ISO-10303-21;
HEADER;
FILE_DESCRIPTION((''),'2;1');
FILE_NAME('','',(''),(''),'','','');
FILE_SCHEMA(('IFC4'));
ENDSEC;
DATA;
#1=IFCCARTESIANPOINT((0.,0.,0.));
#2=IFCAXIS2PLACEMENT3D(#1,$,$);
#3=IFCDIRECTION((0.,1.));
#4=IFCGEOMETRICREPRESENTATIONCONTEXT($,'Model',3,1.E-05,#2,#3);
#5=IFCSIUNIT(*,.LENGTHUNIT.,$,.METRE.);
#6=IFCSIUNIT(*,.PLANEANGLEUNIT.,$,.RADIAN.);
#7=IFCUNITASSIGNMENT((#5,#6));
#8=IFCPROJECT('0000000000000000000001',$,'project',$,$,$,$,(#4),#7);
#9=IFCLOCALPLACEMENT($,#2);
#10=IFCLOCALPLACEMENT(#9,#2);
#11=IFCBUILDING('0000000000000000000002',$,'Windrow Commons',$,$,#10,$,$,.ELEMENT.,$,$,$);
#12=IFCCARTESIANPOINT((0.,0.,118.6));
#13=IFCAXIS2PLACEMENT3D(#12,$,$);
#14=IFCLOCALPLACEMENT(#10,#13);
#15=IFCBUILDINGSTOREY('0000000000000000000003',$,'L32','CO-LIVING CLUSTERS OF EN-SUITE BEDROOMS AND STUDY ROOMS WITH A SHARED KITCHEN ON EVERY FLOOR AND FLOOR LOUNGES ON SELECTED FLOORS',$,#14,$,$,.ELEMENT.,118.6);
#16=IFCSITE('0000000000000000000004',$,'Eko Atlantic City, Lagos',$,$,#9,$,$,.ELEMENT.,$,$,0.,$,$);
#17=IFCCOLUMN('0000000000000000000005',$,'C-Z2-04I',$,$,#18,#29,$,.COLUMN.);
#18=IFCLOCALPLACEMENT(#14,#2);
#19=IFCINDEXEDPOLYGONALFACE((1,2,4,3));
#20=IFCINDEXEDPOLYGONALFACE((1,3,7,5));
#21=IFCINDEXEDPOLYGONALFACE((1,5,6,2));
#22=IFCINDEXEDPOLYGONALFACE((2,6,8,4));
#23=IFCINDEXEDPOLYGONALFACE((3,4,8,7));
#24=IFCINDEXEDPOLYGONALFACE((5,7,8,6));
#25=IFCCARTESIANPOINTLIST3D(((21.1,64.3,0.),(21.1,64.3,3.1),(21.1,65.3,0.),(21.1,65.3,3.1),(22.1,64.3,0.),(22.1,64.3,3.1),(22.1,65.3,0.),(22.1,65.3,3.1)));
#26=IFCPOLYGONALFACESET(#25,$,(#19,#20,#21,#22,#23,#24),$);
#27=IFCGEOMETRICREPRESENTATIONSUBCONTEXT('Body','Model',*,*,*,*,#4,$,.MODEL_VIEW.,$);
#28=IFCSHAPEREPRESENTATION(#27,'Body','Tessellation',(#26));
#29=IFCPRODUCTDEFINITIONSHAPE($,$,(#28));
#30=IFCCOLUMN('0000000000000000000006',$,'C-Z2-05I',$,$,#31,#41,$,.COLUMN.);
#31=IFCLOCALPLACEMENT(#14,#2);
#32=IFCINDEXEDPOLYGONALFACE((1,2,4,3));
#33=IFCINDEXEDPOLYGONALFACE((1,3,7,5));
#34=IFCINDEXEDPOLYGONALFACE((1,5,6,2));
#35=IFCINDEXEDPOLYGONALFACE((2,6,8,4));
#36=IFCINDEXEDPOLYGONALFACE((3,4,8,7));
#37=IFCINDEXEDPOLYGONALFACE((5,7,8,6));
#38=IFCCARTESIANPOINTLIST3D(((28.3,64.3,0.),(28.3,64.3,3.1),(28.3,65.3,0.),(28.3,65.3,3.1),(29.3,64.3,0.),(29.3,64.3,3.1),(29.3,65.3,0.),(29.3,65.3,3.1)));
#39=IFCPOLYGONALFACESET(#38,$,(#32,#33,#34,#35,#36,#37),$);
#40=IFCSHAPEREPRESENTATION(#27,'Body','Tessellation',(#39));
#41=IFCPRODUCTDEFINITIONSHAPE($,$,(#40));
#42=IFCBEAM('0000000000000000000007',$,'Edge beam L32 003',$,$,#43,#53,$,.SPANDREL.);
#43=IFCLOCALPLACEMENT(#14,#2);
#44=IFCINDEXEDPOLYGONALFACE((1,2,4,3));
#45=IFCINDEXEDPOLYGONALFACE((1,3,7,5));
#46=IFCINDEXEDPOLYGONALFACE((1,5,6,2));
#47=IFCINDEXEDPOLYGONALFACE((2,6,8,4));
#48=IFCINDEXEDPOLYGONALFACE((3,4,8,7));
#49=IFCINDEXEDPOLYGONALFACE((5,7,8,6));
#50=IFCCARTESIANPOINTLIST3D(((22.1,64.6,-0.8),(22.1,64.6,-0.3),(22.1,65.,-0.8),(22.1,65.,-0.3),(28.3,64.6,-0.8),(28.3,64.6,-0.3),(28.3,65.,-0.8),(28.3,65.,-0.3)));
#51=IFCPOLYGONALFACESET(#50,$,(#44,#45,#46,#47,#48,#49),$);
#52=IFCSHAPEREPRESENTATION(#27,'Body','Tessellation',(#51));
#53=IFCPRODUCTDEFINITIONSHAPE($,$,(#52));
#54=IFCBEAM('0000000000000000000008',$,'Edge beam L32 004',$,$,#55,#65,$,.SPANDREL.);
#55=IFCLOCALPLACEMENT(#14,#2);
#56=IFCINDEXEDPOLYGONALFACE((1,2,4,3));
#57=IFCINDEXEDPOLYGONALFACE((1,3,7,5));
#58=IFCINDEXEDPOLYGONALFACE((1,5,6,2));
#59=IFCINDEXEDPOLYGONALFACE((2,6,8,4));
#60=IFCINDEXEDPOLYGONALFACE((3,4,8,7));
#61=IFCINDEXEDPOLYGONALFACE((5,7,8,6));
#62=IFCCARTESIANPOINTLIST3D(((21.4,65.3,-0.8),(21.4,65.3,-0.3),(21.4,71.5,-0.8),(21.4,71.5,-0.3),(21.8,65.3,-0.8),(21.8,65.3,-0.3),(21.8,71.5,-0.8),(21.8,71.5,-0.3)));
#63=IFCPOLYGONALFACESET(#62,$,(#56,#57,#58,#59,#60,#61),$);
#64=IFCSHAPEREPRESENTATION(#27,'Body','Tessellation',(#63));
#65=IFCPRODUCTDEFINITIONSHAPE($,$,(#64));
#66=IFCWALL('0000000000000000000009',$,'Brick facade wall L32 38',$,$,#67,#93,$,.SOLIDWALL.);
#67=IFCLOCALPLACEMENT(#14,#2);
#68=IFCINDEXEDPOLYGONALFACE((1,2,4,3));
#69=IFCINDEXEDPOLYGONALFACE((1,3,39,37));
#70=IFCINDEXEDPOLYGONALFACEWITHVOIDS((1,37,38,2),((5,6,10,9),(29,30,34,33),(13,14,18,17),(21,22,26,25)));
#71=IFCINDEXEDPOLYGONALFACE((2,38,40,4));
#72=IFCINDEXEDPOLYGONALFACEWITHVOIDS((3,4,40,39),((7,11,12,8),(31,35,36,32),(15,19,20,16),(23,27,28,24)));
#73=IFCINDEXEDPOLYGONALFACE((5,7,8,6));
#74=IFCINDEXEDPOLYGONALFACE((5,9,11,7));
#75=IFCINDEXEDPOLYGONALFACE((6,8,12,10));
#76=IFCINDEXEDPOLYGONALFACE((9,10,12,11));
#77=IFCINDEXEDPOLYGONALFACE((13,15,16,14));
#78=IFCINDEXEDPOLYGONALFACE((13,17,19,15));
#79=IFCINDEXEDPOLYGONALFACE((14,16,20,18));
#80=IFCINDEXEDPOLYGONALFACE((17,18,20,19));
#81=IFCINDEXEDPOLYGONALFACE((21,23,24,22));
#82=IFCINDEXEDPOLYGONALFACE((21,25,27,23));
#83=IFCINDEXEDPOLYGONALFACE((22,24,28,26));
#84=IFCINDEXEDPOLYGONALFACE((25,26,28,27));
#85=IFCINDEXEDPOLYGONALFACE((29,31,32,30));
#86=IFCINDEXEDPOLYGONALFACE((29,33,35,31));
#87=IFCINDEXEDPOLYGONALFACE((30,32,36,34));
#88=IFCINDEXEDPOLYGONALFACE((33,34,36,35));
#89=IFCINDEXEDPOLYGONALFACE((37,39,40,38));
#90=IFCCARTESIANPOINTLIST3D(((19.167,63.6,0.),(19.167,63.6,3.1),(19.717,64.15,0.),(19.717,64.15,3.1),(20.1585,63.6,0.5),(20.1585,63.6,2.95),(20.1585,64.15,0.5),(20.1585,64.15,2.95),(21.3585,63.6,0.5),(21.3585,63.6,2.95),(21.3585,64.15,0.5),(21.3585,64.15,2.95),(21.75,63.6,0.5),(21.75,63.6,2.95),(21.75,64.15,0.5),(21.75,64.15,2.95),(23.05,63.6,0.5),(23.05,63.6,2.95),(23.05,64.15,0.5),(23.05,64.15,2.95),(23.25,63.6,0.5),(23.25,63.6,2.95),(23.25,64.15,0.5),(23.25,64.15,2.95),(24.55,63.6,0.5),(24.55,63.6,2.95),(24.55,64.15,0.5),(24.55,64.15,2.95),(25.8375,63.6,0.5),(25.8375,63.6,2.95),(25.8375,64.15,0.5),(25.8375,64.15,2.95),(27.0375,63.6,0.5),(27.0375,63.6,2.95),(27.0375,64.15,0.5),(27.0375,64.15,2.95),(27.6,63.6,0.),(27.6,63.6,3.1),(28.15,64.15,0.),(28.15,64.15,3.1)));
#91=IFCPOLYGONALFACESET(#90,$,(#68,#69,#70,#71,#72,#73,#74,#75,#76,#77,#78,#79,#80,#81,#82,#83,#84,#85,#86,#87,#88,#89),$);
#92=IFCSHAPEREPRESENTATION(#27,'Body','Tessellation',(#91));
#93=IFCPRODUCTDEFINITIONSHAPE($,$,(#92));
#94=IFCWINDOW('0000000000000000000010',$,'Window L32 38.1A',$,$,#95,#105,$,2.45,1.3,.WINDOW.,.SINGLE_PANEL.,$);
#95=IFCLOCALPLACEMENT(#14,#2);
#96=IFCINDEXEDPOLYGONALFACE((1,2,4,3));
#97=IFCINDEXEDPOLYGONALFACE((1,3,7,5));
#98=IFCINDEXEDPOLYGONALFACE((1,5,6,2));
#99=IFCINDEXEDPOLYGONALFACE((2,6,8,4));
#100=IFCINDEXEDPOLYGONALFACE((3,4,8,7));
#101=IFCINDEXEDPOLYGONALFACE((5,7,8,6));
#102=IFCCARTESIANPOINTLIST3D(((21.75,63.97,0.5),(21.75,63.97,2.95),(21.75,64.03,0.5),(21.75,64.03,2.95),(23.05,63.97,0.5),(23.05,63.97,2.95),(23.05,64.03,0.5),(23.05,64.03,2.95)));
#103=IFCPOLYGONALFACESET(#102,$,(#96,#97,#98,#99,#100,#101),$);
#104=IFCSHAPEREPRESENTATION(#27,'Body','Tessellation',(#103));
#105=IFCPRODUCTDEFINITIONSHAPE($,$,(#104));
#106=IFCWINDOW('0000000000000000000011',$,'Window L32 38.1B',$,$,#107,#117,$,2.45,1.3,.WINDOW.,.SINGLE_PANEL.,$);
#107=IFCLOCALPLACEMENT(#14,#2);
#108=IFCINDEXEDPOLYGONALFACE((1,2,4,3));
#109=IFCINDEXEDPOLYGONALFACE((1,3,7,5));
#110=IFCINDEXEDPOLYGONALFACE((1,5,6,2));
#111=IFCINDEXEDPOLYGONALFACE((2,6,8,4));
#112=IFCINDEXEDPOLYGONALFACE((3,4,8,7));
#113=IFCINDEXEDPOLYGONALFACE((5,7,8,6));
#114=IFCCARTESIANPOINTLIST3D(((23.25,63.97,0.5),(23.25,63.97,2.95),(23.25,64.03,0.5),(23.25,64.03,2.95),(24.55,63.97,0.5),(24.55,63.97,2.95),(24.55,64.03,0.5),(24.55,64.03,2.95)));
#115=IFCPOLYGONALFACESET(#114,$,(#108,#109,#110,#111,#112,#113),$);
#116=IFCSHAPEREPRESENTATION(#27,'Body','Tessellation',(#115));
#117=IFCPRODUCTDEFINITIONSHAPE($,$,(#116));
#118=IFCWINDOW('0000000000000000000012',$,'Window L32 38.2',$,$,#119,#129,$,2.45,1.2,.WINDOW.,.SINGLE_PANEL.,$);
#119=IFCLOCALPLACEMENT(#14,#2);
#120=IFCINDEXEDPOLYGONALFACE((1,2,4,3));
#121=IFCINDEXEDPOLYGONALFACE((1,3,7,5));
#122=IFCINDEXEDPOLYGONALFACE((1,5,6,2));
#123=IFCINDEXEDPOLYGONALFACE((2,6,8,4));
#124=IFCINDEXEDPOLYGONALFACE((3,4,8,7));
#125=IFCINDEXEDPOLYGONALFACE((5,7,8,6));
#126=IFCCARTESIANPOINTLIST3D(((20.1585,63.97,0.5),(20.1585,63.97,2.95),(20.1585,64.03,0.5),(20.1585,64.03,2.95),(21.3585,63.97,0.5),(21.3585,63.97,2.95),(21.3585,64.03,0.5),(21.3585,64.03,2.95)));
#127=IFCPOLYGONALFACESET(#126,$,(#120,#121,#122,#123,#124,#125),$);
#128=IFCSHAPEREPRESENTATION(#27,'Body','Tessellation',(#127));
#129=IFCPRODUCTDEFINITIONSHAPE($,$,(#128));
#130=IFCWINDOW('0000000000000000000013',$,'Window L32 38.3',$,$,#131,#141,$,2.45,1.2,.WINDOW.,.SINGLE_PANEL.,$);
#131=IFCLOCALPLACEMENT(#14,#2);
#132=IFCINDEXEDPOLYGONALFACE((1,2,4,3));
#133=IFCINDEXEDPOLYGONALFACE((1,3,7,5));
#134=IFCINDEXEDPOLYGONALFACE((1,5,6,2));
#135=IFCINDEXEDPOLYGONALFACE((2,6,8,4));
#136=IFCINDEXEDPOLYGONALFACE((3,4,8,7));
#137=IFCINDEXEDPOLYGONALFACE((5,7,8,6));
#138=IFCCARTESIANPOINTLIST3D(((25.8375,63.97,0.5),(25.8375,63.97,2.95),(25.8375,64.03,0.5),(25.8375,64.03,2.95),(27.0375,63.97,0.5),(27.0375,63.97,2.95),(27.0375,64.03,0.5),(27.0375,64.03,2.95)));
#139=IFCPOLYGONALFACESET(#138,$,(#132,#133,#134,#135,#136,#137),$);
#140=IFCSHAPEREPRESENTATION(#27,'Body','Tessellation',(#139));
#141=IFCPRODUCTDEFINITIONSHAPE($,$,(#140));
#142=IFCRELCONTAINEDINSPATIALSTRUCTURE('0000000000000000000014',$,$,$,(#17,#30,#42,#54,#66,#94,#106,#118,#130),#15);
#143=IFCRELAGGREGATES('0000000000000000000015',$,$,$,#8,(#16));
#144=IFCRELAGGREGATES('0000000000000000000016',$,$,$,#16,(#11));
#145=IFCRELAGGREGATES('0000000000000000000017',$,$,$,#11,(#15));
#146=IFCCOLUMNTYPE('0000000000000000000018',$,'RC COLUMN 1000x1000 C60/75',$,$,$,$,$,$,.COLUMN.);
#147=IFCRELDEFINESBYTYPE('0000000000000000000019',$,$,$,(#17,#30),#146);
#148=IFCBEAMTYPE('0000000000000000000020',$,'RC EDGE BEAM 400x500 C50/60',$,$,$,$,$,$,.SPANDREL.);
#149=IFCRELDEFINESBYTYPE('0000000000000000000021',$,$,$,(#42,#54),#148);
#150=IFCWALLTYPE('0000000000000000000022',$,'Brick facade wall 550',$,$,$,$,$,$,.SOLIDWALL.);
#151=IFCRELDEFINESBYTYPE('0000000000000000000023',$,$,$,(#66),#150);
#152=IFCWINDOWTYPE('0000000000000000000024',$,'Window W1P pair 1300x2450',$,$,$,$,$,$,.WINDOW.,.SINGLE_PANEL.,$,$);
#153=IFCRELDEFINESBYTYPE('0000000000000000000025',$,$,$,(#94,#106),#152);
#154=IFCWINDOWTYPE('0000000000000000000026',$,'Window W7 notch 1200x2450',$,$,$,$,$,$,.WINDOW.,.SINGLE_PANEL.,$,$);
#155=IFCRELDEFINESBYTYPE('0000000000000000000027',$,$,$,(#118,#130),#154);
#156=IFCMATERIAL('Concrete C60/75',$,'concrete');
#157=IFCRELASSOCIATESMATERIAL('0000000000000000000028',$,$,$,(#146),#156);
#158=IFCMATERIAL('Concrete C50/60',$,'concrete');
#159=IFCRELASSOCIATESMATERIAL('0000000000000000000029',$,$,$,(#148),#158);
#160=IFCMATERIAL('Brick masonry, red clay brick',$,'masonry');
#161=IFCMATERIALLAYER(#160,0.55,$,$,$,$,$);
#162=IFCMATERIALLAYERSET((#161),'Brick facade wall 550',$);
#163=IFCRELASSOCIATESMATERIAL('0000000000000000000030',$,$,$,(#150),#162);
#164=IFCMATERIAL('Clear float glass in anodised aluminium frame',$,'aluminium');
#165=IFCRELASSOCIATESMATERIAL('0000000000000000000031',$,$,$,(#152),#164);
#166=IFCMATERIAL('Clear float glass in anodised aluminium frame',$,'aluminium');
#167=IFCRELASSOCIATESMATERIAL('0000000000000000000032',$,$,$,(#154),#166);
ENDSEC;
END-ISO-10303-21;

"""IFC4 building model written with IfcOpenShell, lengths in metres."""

from ifc_helpers import new_model, si_unit, direction, frame, frame_2d, origin, origin_2d, place, context, subcontext, project, spatial, polyline, rectangle, outline, extrude, material, layer, layer_set, material_profile, profile_set, type_object, element, fill, save


model = new_model("IFC4")

# Units and contexts
model_context = context("Model", 3, precision=1e-05, world=origin(), true_north=direction((0.0, 1.0)))
body_context = subcontext(model_context, "Body", "Model", "MODEL_VIEW")
ifc_project = project(units=[si_unit("LENGTHUNIT", "METRE"), si_unit("PLANEANGLEUNIT", "RADIAN")], contexts=[model_context])

# Site, building, storey
site_placement = place(None, origin())
site = spatial("IfcSite", under=ifc_project, at=site_placement, Name="Eko Atlantic City, Lagos", CompositionType="ELEMENT", RefElevation=0.0)
building_placement = place(site_placement, origin())
building = spatial("IfcBuilding", under=site, at=building_placement, Name="Windrow Commons", CompositionType="ELEMENT")
storey_placement = place(building_placement, frame((0.0, 0.0, 118.6)))
storey = spatial("IfcBuildingStorey", under=building, at=storey_placement, Name="L32", Description="CO-LIVING CLUSTERS OF EN-SUITE BEDROOMS AND STUDY ROOMS WITH A SHARED KITCHEN ON EVERY FLOOR AND FLOOR LOUNGES ON SELECTED FLOORS", CompositionType="ELEMENT", Elevation=118.6)

# Columns
ifc_material_1 = material(Name="Concrete C60/75", Category="concrete")
ifc_material_profile_1 = material_profile(ifc_material_1, rectangle(XDim=1.0, YDim=1.0, at=origin_2d()))
ifc_profile_set_1 = profile_set([ifc_material_profile_1], Name="Concrete C60/75")
column_type = type_object("IfcColumnType", Name="RC COLUMN 1000x1000 C60/75", PredefinedType="COLUMN", material=ifc_profile_set_1)
for number, where, z_axis, x_axis, name in (
    (1, (21.6, 64.8, 0.0), (0.0, 0.0, 1.0), (1.0, 0.0, 0.0), "C-Z2-04I"),
    (2, (28.8, 64.8, 0.0), (0.0, 0.0, 1.0), (1.0, 0.0, 0.0), "C-Z2-05I"),
):
    element("IfcColumn", number, at=place(storey_placement, frame(where, z_axis=z_axis, x_axis=x_axis)), inside=storey, type_object=column_type, Name=name, PredefinedType="COLUMN", context=body_context, shape_type="SweptSolid", body=[
        extrude(rectangle(XDim=1.0, YDim=1.0, at=origin_2d()), origin(), (0.0, 0.0, 1.0), 3.1),
    ])

# Beams
ifc_material_2 = material(Name="Concrete C50/60", Category="concrete")
ifc_material_profile_2 = material_profile(ifc_material_2, rectangle(XDim=0.4, YDim=0.5, at=origin_2d()))
ifc_profile_set_2 = profile_set([ifc_material_profile_2], Name="Concrete C50/60")
beam_type = type_object("IfcBeamType", Name="RC EDGE BEAM 400x500 C50/60", PredefinedType="SPANDREL", material=ifc_profile_set_2)
for number, where, z_axis, x_axis, name in (
    (3, (28.3, 64.8, -0.55), (-1.0, 0.0, 0.0), (0.0, -1.0, 0.0), "Edge beam L32 003"),
    (4, (21.6, 65.3, -0.55), (0.0, 1.0, 0.0), (-1.0, 0.0, 0.0), "Edge beam L32 004"),
):
    element("IfcBeam", number, at=place(storey_placement, frame(where, z_axis=z_axis, x_axis=x_axis)), inside=storey, type_object=beam_type, Name=name, PredefinedType="SPANDREL", context=body_context, shape_type="SweptSolid", body=[
        extrude(rectangle(XDim=0.4, YDim=0.5, at=origin_2d()), origin(), (0.0, 0.0, 1.0), 6.2),
    ])

# Wall, openings, windows
ifc_material_3 = material(Name="Brick masonry, red clay brick", Category="masonry")
ifc_layer_1 = layer(ifc_material_3, 0.55)
ifc_layer_set_1 = layer_set([ifc_layer_1], Name="Brick facade wall 550")
wall_type_1 = type_object("IfcWallType", Name="Brick facade wall 550", PredefinedType="SOLIDWALL", material=ifc_layer_set_1)
wall_1_placement = place(storey_placement, frame((19.442, 63.875, 0.0), z_axis=(0.0, 0.0, 1.0), x_axis=(1.0, 0.0, 0.0)))
wall_1 = element("IfcWall", 5, at=wall_1_placement, inside=storey, type_object=wall_type_1, Name="Brick facade wall L32 38", PredefinedType="SOLIDWALL", context=body_context, shape_type="SweptSolid", body=[
    extrude(outline(polyline([(-0.275, -0.275), (8.158, -0.275), (8.708, 0.275), (0.275, 0.275), (-0.275, -0.275)])), origin(), (0.0, 0.0, 1.0), 3.1),
])
opening_1_placement = place(wall_1_placement, frame((2.308, 0.0, 0.5)))
opening_1 = element("IfcOpeningElement", 6, at=opening_1_placement, cuts=wall_1, PredefinedType="OPENING", context=body_context, shape_type="SweptSolid", body=[
    extrude(rectangle(XDim=1.3, YDim=2.45, at=frame_2d((0.65, 1.225))), frame((0.0, 0.285, 0.0), z_axis=(0.0, -1.0, 0.0), x_axis=(1.0, 0.0, 0.0)), (0.0, 0.0, 1.0), 0.57),
])
opening_2_placement = place(wall_1_placement, frame((3.808, 0.0, 0.5)))
opening_2 = element("IfcOpeningElement", 7, at=opening_2_placement, cuts=wall_1, PredefinedType="OPENING", context=body_context, shape_type="SweptSolid", body=[
    extrude(rectangle(XDim=1.3, YDim=2.45, at=frame_2d((0.65, 1.225))), frame((0.0, 0.285, 0.0), z_axis=(0.0, -1.0, 0.0), x_axis=(1.0, 0.0, 0.0)), (0.0, 0.0, 1.0), 0.57),
])
opening_3_placement = place(wall_1_placement, frame((0.7165, 0.0, 0.5)))
opening_3 = element("IfcOpeningElement", 8, at=opening_3_placement, cuts=wall_1, PredefinedType="OPENING", context=body_context, shape_type="SweptSolid", body=[
    extrude(rectangle(XDim=1.2, YDim=2.45, at=frame_2d((0.6, 1.225))), frame((0.0, 0.285, 0.0), z_axis=(0.0, -1.0, 0.0), x_axis=(1.0, 0.0, 0.0)), (0.0, 0.0, 1.0), 0.57),
])
opening_4_placement = place(wall_1_placement, frame((6.3955, 0.0, 0.5)))
opening_4 = element("IfcOpeningElement", 9, at=opening_4_placement, cuts=wall_1, PredefinedType="OPENING", context=body_context, shape_type="SweptSolid", body=[
    extrude(rectangle(XDim=1.2, YDim=2.45, at=frame_2d((0.6, 1.225))), frame((0.0, 0.285, 0.0), z_axis=(0.0, -1.0, 0.0), x_axis=(1.0, 0.0, 0.0)), (0.0, 0.0, 1.0), 0.57),
])
ifc_material_4 = material(Name="Clear float glass in anodised aluminium frame", Category="aluminium")
window_type_1 = type_object("IfcWindowType", Name="Window W1P pair 1300x2450", PartitioningType="SINGLE_PANEL", PredefinedType="WINDOW", material=ifc_material_4)
window_1_placement = place(opening_1_placement, origin())
window_1 = element("IfcWindow", 10, at=window_1_placement, inside=storey, type_object=window_type_1, Name="Window L32 38.1A", OverallHeight=2.45, OverallWidth=1.3, PartitioningType="SINGLE_PANEL", PredefinedType="WINDOW", context=body_context, shape_type="SweptSolid", body=[
    extrude(rectangle(XDim=1.3, YDim=2.45, at=frame_2d((0.65, 1.225))), frame((0.0, 0.155, 0.0), z_axis=(0.0, -1.0, 0.0), x_axis=(1.0, 0.0, 0.0)), (0.0, 0.0, 1.0), 0.06),
])
fill(opening_1, window_1)
window_2_placement = place(opening_2_placement, origin())
window_2 = element("IfcWindow", 11, at=window_2_placement, inside=storey, type_object=window_type_1, Name="Window L32 38.1B", OverallHeight=2.45, OverallWidth=1.3, PartitioningType="SINGLE_PANEL", PredefinedType="WINDOW", context=body_context, shape_type="SweptSolid", body=[
    extrude(rectangle(XDim=1.3, YDim=2.45, at=frame_2d((0.65, 1.225))), frame((0.0, 0.155, 0.0), z_axis=(0.0, -1.0, 0.0), x_axis=(1.0, 0.0, 0.0)), (0.0, 0.0, 1.0), 0.06),
])
fill(opening_2, window_2)
ifc_material_5 = material(Name="Clear float glass in anodised aluminium frame", Category="aluminium")
window_type_2 = type_object("IfcWindowType", Name="Window W7 notch 1200x2450", PartitioningType="SINGLE_PANEL", PredefinedType="WINDOW", material=ifc_material_5)
window_3_placement = place(opening_3_placement, origin())
window_3 = element("IfcWindow", 12, at=window_3_placement, inside=storey, type_object=window_type_2, Name="Window L32 38.2", OverallHeight=2.45, OverallWidth=1.2, PartitioningType="SINGLE_PANEL", PredefinedType="WINDOW", context=body_context, shape_type="SweptSolid", body=[
    extrude(rectangle(XDim=1.2, YDim=2.45, at=frame_2d((0.6, 1.225))), frame((0.0, 0.155, 0.0), z_axis=(0.0, -1.0, 0.0), x_axis=(1.0, 0.0, 0.0)), (0.0, 0.0, 1.0), 0.06),
])
fill(opening_3, window_3)
window_4_placement = place(opening_4_placement, origin())
window_4 = element("IfcWindow", 13, at=window_4_placement, inside=storey, type_object=window_type_2, Name="Window L32 38.3", OverallHeight=2.45, OverallWidth=1.2, PartitioningType="SINGLE_PANEL", PredefinedType="WINDOW", context=body_context, shape_type="SweptSolid", body=[
    extrude(rectangle(XDim=1.2, YDim=2.45, at=frame_2d((0.6, 1.225))), frame((0.0, 0.155, 0.0), z_axis=(0.0, -1.0, 0.0), x_axis=(1.0, 0.0, 0.0)), (0.0, 0.0, 1.0), 0.06),
])
fill(opening_4, window_4)

save(model, "model.ifc")
